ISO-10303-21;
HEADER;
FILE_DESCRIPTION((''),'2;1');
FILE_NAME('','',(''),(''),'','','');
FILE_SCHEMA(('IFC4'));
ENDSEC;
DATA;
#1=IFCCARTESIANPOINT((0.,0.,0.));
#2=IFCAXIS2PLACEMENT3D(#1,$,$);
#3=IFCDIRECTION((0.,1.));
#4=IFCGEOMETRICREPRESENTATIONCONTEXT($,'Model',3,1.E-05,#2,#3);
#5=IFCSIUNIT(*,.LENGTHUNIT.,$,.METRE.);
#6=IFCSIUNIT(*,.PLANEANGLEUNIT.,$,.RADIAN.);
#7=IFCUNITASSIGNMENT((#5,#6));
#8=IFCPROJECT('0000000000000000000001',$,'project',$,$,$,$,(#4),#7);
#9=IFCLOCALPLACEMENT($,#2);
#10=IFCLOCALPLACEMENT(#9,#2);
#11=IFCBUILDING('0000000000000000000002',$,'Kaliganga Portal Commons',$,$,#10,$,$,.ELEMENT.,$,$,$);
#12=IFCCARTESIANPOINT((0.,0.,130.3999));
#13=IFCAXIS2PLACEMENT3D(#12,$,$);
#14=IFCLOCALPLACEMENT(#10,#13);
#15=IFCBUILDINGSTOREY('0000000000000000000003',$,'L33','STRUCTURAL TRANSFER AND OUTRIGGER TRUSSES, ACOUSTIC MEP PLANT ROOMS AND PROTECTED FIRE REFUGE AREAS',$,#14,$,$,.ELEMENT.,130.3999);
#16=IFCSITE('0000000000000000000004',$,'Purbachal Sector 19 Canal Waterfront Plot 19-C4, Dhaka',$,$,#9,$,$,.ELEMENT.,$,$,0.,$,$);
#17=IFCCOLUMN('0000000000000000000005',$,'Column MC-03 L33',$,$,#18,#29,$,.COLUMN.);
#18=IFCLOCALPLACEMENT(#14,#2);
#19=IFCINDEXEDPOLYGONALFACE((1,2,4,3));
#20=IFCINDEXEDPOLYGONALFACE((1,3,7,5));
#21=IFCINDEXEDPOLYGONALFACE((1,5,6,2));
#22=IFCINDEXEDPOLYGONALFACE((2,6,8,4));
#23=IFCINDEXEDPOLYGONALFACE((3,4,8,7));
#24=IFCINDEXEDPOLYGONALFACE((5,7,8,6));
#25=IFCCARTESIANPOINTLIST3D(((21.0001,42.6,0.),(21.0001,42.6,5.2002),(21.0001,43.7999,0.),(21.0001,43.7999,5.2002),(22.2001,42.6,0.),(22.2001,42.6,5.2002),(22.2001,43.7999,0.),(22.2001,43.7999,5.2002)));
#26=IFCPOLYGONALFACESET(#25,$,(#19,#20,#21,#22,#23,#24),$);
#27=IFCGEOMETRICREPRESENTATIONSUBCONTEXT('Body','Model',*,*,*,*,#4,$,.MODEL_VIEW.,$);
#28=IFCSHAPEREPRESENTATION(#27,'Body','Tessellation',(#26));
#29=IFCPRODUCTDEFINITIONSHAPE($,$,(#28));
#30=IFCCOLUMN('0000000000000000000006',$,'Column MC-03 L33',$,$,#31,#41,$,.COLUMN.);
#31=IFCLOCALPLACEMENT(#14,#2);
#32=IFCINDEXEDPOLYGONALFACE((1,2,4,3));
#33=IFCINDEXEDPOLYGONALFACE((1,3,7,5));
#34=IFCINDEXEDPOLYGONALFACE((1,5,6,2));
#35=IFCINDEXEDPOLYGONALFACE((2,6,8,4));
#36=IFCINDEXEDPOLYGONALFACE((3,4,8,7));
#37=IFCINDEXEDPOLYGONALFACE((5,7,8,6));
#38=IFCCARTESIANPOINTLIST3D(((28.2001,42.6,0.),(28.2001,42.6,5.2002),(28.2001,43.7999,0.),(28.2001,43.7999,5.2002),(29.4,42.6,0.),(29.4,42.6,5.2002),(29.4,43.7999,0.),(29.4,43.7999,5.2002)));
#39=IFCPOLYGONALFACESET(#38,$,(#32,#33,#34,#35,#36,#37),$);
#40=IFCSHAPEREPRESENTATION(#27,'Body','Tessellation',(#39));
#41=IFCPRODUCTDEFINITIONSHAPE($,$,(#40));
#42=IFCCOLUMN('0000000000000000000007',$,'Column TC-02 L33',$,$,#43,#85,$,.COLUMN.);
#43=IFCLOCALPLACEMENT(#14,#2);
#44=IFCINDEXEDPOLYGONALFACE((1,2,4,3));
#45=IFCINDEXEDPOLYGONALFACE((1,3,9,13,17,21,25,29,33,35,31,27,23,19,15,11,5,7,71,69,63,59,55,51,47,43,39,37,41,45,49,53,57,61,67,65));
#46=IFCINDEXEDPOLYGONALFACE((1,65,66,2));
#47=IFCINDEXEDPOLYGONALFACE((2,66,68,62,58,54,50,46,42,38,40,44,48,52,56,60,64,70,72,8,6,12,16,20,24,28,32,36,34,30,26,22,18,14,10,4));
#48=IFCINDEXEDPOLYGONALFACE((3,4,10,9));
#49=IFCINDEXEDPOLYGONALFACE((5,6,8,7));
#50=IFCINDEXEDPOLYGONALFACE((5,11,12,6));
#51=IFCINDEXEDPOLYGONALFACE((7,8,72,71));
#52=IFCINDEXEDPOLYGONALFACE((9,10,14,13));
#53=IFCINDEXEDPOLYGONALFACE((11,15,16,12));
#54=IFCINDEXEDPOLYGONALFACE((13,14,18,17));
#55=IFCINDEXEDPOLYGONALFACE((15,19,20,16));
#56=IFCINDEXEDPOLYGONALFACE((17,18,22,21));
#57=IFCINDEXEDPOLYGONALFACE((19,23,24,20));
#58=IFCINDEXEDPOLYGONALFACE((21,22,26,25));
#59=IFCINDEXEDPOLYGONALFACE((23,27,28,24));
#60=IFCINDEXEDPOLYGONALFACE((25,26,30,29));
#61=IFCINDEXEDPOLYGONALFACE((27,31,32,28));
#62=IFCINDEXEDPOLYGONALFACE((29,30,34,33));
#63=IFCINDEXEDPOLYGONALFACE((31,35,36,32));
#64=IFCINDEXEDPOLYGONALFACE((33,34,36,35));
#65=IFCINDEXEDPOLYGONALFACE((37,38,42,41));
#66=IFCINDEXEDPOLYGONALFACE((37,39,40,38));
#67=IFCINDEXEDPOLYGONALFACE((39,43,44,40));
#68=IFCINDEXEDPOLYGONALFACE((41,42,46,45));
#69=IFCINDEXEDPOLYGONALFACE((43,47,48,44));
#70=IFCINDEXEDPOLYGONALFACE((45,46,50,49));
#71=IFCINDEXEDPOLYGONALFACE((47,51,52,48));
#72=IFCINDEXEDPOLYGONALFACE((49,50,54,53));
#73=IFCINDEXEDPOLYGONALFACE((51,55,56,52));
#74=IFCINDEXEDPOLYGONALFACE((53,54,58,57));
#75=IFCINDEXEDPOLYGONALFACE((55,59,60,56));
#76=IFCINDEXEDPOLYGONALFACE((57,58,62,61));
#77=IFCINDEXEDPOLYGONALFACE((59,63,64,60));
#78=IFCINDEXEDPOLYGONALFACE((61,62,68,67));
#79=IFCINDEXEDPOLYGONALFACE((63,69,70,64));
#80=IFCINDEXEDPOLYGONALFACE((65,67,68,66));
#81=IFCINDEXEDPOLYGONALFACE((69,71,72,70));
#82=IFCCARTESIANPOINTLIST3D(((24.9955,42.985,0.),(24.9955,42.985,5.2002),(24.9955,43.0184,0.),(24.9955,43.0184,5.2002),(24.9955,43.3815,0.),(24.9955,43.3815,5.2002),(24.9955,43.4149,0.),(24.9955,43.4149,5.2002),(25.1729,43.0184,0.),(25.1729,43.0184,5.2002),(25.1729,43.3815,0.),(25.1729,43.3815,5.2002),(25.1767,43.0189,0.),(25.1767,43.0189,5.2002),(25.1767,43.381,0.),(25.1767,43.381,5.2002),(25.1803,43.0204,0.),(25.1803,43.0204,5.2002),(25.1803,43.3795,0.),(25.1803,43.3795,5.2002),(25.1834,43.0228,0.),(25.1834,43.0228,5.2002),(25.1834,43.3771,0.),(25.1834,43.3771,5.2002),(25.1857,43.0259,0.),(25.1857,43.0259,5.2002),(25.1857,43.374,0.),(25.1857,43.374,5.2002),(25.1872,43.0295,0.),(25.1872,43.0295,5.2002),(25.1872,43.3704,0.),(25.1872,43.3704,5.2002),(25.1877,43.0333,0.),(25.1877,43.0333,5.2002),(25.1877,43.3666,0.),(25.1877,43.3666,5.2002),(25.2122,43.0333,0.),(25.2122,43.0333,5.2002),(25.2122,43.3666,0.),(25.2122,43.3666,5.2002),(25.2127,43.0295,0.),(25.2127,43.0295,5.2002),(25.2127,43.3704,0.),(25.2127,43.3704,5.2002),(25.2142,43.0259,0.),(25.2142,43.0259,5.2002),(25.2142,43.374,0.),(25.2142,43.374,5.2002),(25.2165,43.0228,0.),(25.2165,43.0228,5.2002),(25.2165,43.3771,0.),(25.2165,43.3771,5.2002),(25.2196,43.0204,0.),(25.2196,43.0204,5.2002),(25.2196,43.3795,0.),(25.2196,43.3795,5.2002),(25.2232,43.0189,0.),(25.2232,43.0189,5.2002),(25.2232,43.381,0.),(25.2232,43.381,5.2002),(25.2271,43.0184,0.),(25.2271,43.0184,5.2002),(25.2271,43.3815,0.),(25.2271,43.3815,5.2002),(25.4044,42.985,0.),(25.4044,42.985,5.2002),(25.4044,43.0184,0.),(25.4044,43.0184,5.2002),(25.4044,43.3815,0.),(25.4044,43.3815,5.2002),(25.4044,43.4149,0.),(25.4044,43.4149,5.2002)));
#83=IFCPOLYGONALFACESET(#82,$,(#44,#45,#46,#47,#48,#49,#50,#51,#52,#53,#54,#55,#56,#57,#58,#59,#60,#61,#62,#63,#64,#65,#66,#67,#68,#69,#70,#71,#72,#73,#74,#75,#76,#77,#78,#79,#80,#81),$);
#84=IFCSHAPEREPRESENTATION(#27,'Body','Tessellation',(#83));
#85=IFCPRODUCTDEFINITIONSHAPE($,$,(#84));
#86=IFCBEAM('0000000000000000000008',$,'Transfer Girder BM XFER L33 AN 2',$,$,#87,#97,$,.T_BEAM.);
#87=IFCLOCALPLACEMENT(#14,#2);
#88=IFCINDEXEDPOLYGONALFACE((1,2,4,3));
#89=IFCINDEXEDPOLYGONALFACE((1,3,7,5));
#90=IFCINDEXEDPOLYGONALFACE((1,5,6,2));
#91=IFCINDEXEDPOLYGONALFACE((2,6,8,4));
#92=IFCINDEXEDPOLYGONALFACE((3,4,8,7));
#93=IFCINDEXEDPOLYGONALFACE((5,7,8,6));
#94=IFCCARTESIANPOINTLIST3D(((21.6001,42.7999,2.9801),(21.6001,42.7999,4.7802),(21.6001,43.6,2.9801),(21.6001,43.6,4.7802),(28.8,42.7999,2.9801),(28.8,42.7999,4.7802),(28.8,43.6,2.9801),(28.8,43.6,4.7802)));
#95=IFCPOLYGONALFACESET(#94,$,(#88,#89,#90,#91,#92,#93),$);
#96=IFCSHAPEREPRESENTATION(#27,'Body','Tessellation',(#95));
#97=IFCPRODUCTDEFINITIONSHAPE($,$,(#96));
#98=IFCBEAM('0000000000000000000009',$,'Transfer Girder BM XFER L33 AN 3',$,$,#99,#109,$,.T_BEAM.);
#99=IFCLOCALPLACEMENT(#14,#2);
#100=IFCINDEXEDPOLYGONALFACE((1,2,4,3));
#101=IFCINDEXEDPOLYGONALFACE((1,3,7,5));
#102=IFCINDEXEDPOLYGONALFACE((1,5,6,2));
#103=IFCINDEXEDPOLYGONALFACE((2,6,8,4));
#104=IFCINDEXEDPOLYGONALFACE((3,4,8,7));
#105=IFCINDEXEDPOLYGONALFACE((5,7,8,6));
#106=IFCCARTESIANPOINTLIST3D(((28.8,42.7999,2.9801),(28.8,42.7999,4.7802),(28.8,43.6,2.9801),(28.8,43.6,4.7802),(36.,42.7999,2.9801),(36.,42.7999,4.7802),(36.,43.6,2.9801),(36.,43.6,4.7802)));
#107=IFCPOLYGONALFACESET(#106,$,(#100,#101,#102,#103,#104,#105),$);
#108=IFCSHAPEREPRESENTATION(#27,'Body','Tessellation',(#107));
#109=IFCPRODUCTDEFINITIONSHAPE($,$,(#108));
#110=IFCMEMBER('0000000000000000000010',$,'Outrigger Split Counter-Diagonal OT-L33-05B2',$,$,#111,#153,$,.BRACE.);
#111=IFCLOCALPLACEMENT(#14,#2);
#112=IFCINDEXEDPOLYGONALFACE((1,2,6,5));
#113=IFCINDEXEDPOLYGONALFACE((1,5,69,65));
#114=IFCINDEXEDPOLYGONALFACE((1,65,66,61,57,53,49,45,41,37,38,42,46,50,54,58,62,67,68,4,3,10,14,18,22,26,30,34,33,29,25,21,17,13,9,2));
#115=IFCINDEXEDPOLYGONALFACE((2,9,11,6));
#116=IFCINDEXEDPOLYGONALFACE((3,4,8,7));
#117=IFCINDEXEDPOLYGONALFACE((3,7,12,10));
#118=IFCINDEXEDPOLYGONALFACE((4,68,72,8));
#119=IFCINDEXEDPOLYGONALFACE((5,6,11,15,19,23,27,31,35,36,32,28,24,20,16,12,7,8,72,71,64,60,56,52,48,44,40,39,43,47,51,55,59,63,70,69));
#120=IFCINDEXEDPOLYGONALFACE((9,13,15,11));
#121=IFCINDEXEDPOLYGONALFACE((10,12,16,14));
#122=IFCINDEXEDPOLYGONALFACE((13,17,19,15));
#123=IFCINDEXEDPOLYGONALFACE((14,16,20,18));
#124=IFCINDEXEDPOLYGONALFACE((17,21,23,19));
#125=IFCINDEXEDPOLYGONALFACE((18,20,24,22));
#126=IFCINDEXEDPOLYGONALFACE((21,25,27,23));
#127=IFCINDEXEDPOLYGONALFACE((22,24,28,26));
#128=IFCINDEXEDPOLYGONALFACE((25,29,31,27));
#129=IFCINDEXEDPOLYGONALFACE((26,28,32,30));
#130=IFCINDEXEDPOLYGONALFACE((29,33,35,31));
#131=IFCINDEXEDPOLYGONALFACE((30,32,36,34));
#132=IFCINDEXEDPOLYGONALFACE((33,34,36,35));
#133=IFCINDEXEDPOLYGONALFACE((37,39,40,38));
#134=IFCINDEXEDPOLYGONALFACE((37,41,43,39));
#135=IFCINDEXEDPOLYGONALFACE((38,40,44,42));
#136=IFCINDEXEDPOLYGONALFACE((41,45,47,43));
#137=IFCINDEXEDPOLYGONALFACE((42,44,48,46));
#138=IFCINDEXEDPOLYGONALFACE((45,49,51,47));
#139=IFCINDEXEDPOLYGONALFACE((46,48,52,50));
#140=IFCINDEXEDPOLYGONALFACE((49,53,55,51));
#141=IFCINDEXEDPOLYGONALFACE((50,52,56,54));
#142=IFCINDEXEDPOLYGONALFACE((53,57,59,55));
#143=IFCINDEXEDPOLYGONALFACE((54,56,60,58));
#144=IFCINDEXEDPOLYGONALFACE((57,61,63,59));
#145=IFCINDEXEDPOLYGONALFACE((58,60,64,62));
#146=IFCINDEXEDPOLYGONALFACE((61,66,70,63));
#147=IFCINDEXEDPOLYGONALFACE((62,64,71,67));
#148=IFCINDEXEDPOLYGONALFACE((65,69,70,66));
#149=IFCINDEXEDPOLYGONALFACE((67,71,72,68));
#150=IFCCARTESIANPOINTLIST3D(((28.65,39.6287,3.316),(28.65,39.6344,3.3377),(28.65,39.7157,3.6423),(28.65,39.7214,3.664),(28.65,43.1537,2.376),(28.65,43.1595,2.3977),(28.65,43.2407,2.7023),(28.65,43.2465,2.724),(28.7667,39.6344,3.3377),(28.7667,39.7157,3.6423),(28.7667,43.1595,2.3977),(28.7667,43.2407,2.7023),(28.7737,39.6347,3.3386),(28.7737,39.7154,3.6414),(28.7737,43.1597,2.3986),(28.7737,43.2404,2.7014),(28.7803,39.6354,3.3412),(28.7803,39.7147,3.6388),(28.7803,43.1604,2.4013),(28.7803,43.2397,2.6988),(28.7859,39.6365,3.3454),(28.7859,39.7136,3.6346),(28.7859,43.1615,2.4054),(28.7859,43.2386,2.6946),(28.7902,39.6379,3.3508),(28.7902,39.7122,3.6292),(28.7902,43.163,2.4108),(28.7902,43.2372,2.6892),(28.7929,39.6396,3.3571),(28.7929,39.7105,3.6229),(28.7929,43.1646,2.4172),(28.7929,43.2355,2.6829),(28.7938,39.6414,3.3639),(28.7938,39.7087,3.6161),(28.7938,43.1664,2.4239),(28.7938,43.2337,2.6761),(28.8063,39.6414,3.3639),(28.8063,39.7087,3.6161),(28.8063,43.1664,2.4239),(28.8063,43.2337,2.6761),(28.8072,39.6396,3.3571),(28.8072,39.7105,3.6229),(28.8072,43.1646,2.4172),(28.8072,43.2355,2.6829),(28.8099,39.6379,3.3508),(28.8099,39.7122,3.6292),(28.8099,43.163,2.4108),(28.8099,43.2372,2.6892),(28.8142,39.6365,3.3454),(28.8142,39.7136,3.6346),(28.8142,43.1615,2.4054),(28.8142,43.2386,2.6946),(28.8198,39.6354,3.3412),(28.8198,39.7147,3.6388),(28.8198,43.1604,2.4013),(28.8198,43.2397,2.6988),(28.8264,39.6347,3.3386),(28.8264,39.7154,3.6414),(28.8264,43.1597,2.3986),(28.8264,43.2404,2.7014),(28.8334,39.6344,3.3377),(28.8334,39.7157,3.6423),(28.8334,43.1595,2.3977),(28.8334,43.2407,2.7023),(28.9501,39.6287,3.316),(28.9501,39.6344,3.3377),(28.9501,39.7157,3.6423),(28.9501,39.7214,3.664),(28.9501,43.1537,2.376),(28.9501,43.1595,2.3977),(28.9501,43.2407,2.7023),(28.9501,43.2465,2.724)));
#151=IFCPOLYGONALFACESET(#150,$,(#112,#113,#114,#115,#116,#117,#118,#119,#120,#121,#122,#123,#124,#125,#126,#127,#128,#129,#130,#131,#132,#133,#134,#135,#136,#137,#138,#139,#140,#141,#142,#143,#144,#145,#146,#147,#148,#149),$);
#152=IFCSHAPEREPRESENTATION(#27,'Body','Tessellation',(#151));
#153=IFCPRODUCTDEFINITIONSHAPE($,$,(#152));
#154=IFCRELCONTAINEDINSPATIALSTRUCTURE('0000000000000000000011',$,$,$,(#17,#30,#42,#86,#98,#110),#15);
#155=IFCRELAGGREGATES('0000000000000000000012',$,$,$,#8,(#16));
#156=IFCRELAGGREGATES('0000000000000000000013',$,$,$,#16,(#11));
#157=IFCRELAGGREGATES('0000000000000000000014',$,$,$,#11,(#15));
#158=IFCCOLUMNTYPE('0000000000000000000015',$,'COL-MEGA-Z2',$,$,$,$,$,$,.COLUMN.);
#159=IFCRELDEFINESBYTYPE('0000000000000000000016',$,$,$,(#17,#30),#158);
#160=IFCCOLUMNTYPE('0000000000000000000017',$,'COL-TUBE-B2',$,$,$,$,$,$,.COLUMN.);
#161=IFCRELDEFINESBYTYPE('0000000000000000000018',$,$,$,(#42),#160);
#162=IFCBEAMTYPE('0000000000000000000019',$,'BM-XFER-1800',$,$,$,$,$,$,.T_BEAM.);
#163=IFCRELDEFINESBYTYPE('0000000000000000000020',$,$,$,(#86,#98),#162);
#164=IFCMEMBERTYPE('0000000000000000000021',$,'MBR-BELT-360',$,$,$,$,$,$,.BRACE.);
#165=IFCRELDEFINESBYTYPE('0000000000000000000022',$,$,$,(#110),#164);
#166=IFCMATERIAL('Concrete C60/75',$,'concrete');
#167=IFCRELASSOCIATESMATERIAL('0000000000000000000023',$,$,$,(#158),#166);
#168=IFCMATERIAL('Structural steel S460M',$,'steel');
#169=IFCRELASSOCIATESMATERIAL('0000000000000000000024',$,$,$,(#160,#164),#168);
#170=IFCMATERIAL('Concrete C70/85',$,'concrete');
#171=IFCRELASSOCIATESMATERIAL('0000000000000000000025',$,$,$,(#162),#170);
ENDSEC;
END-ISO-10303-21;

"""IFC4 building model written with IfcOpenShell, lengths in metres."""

from ifc_helpers import new_model, si_unit, direction, frame, origin, origin_2d, place, context, subcontext, project, spatial, rectangle, i_section, extrude, source, transform, mapped, material, material_profile, profile_set, type_object, element, save


model = new_model("IFC4")

# Units and contexts
model_context = context("Model", 3, precision=1e-05, world=origin(), true_north=direction((0.0, 1.0)))
body_context = subcontext(model_context, "Body", "Model", "MODEL_VIEW")
ifc_project = project(units=[si_unit("LENGTHUNIT", "METRE"), si_unit("PLANEANGLEUNIT", "RADIAN")], contexts=[model_context])

# Site, building, storey
site_placement = place(None, origin())
site = spatial("IfcSite", under=ifc_project, at=site_placement, Name="Purbachal Sector 19 Canal Waterfront Plot 19-C4, Dhaka", CompositionType="ELEMENT", RefElevation=0.0)
building_placement = place(site_placement, origin())
building = spatial("IfcBuilding", under=site, at=building_placement, Name="Kaliganga Portal Commons", CompositionType="ELEMENT")
storey_placement = place(building_placement, frame((0.0, 0.0, 130.3999)))
storey = spatial("IfcBuildingStorey", under=building, at=storey_placement, Name="L33", Description="STRUCTURAL TRANSFER AND OUTRIGGER TRUSSES, ACOUSTIC MEP PLANT ROOMS AND PROTECTED FIRE REFUGE AREAS", CompositionType="ELEMENT", Elevation=130.3999)

# Columns
ifc_material_1 = material(Name="Concrete C60/75", Category="concrete")
ifc_material_profile_1 = material_profile(ifc_material_1, rectangle(XDim=1.2, YDim=1.2, at=origin_2d()), Name="RC 1200x1200")
ifc_profile_set_1 = profile_set([ifc_material_profile_1], Name="Concrete C60/75")
column_type_1 = type_object("IfcColumnType", Name="COL-MEGA-Z2", PredefinedType="COLUMN", material=ifc_profile_set_1)
shared_shape_1 = source(origin(), body_context, "Body", "SweptSolid", [
    extrude(rectangle(XDim=1.2, YDim=1.2, at=origin_2d()), origin(), (0.0, 0.0, 1.0), 5.2002),
])
for number, where, z_axis, x_axis, name in (
    (1, (21.6001, 43.2, 0.0), (0.0, 0.0, 1.0), (1.0, 0.0, 0.0), "Column MC-03 L33"),
    (2, (28.8, 43.2, 0.0), (0.0, 0.0, 1.0), (1.0, 0.0, 0.0), "Column MC-03 L33"),
):
    element("IfcColumn", number, at=place(storey_placement, frame(where, z_axis=z_axis, x_axis=x_axis)), inside=storey, type_object=column_type_1, Name=name, PredefinedType="COLUMN", context=body_context, shape_type="MappedRepresentation", body=[
        mapped(shared_shape_1, transform((0.0, 0.0, 0.0), x_axis=(1.0, 0.0, 0.0), y_axis=(0.0, 1.0, 0.0), z_axis=(0.0, 0.0, 1.0), scale=1.0)),
    ])
ifc_material_2 = material(Name="Structural steel S460M", Category="steel")
ifc_material_profile_2 = material_profile(ifc_material_2, i_section(OverallWidth=0.4089, OverallDepth=0.4299, WebThickness=0.0244, FlangeThickness=0.0334, FilletRadius=0.0149, at=origin_2d()), Name="HD 400x421")
ifc_profile_set_2 = profile_set([ifc_material_profile_2], Name="Structural steel S460M wide-flange")
column_type_2 = type_object("IfcColumnType", Name="COL-TUBE-B2", PredefinedType="COLUMN", material=ifc_profile_set_2)
shared_shape_2 = source(origin(), body_context, "Body", "SweptSolid", [
    extrude(i_section(OverallWidth=0.4089, OverallDepth=0.4299, WebThickness=0.0244, FlangeThickness=0.0334, FilletRadius=0.0149, at=origin_2d()), origin(), (0.0, 0.0, 1.0), 5.2002),
])
column_placement = place(storey_placement, frame((25.2, 43.2, 0.0), z_axis=(0.0, 0.0, 1.0), x_axis=(1.0, 0.0, 0.0)))
element("IfcColumn", 3, at=column_placement, inside=storey, type_object=column_type_2, Name="Column TC-02 L33", PredefinedType="COLUMN", context=body_context, shape_type="MappedRepresentation", body=[
    mapped(shared_shape_2, transform((0.0, 0.0, 0.0), x_axis=(1.0, 0.0, 0.0), y_axis=(0.0, 1.0, 0.0), z_axis=(0.0, 0.0, 1.0), scale=1.0)),
])

# Beams
ifc_material_3 = material(Name="Concrete C70/85", Category="concrete")
ifc_material_profile_3 = material_profile(ifc_material_3, rectangle(XDim=0.8, YDim=1.8, at=origin_2d()), Name="RC 800x1800")
ifc_profile_set_3 = profile_set([ifc_material_profile_3], Name="Concrete C70/85")
beam_type = type_object("IfcBeamType", Name="BM-XFER-1800", PredefinedType="T_BEAM", material=ifc_profile_set_3)
shared_shape_3 = source(origin(), body_context, "Body", "SweptSolid", [
    extrude(rectangle(XDim=0.8, YDim=1.8, at=origin_2d()), origin(), (0.0, 0.0, 1.0), 7.2),
])
for number, where, z_axis, x_axis, name in (
    (4, (21.6001, 43.2, 3.8801), (1.0, 0.0, 0.0), (0.0, 1.0, 0.0), "Transfer Girder BM XFER L33 AN 2"),
    (5, (28.8, 43.2, 3.8801), (1.0, 0.0, 0.0), (0.0, 1.0, 0.0), "Transfer Girder BM XFER L33 AN 3"),
):
    element("IfcBeam", number, at=place(storey_placement, frame(where, z_axis=z_axis, x_axis=x_axis)), inside=storey, type_object=beam_type, Name=name, PredefinedType="T_BEAM", context=body_context, shape_type="MappedRepresentation", body=[
        mapped(shared_shape_3, transform((0.0, 0.0, 0.0), x_axis=(1.0, 0.0, 0.0), y_axis=(0.0, 1.0, 0.0), z_axis=(0.0, 0.0, 1.0), scale=1.0)),
    ])

# Member
ifc_material_profile_4 = material_profile(ifc_material_2, i_section(OverallWidth=0.3, OverallDepth=0.3601, WebThickness=0.0125, FlangeThickness=0.0225, FilletRadius=0.0271, at=origin_2d()), Name="HE 360 B")
ifc_profile_set_4 = profile_set([ifc_material_profile_4], Name="Structural steel S460M wide-flange")
member_type_1 = type_object("IfcMemberType", Name="MBR-BELT-360", PredefinedType="BRACE", material=ifc_profile_set_4)
shared_shape_4 = source(origin(), body_context, "Body", "SweptSolid", [
    extrude(i_section(OverallWidth=0.3, OverallDepth=0.3601, WebThickness=0.0125, FlangeThickness=0.0225, FilletRadius=0.0271, at=origin_2d()), origin(), (0.0, 0.0, 1.0), 3.6482),
])
member_placement = place(storey_placement, frame((28.8, 39.675, 3.49), z_axis=(0.0, 0.966237, -0.257654), x_axis=(-1.0, 0.0, 0.0)))
element("IfcMember", 6, at=member_placement, inside=storey, type_object=member_type_1, Name="Outrigger Split Counter-Diagonal OT-L33-05B2", PredefinedType="BRACE", context=body_context, shape_type="MappedRepresentation", body=[
    mapped(shared_shape_4, transform((0.0, 0.0, 0.0), x_axis=(1.0, 0.0, 0.0), y_axis=(0.0, 1.0, 0.0), z_axis=(0.0, 0.0, 1.0), scale=1.0)),
])

save(model, "model.ifc")
